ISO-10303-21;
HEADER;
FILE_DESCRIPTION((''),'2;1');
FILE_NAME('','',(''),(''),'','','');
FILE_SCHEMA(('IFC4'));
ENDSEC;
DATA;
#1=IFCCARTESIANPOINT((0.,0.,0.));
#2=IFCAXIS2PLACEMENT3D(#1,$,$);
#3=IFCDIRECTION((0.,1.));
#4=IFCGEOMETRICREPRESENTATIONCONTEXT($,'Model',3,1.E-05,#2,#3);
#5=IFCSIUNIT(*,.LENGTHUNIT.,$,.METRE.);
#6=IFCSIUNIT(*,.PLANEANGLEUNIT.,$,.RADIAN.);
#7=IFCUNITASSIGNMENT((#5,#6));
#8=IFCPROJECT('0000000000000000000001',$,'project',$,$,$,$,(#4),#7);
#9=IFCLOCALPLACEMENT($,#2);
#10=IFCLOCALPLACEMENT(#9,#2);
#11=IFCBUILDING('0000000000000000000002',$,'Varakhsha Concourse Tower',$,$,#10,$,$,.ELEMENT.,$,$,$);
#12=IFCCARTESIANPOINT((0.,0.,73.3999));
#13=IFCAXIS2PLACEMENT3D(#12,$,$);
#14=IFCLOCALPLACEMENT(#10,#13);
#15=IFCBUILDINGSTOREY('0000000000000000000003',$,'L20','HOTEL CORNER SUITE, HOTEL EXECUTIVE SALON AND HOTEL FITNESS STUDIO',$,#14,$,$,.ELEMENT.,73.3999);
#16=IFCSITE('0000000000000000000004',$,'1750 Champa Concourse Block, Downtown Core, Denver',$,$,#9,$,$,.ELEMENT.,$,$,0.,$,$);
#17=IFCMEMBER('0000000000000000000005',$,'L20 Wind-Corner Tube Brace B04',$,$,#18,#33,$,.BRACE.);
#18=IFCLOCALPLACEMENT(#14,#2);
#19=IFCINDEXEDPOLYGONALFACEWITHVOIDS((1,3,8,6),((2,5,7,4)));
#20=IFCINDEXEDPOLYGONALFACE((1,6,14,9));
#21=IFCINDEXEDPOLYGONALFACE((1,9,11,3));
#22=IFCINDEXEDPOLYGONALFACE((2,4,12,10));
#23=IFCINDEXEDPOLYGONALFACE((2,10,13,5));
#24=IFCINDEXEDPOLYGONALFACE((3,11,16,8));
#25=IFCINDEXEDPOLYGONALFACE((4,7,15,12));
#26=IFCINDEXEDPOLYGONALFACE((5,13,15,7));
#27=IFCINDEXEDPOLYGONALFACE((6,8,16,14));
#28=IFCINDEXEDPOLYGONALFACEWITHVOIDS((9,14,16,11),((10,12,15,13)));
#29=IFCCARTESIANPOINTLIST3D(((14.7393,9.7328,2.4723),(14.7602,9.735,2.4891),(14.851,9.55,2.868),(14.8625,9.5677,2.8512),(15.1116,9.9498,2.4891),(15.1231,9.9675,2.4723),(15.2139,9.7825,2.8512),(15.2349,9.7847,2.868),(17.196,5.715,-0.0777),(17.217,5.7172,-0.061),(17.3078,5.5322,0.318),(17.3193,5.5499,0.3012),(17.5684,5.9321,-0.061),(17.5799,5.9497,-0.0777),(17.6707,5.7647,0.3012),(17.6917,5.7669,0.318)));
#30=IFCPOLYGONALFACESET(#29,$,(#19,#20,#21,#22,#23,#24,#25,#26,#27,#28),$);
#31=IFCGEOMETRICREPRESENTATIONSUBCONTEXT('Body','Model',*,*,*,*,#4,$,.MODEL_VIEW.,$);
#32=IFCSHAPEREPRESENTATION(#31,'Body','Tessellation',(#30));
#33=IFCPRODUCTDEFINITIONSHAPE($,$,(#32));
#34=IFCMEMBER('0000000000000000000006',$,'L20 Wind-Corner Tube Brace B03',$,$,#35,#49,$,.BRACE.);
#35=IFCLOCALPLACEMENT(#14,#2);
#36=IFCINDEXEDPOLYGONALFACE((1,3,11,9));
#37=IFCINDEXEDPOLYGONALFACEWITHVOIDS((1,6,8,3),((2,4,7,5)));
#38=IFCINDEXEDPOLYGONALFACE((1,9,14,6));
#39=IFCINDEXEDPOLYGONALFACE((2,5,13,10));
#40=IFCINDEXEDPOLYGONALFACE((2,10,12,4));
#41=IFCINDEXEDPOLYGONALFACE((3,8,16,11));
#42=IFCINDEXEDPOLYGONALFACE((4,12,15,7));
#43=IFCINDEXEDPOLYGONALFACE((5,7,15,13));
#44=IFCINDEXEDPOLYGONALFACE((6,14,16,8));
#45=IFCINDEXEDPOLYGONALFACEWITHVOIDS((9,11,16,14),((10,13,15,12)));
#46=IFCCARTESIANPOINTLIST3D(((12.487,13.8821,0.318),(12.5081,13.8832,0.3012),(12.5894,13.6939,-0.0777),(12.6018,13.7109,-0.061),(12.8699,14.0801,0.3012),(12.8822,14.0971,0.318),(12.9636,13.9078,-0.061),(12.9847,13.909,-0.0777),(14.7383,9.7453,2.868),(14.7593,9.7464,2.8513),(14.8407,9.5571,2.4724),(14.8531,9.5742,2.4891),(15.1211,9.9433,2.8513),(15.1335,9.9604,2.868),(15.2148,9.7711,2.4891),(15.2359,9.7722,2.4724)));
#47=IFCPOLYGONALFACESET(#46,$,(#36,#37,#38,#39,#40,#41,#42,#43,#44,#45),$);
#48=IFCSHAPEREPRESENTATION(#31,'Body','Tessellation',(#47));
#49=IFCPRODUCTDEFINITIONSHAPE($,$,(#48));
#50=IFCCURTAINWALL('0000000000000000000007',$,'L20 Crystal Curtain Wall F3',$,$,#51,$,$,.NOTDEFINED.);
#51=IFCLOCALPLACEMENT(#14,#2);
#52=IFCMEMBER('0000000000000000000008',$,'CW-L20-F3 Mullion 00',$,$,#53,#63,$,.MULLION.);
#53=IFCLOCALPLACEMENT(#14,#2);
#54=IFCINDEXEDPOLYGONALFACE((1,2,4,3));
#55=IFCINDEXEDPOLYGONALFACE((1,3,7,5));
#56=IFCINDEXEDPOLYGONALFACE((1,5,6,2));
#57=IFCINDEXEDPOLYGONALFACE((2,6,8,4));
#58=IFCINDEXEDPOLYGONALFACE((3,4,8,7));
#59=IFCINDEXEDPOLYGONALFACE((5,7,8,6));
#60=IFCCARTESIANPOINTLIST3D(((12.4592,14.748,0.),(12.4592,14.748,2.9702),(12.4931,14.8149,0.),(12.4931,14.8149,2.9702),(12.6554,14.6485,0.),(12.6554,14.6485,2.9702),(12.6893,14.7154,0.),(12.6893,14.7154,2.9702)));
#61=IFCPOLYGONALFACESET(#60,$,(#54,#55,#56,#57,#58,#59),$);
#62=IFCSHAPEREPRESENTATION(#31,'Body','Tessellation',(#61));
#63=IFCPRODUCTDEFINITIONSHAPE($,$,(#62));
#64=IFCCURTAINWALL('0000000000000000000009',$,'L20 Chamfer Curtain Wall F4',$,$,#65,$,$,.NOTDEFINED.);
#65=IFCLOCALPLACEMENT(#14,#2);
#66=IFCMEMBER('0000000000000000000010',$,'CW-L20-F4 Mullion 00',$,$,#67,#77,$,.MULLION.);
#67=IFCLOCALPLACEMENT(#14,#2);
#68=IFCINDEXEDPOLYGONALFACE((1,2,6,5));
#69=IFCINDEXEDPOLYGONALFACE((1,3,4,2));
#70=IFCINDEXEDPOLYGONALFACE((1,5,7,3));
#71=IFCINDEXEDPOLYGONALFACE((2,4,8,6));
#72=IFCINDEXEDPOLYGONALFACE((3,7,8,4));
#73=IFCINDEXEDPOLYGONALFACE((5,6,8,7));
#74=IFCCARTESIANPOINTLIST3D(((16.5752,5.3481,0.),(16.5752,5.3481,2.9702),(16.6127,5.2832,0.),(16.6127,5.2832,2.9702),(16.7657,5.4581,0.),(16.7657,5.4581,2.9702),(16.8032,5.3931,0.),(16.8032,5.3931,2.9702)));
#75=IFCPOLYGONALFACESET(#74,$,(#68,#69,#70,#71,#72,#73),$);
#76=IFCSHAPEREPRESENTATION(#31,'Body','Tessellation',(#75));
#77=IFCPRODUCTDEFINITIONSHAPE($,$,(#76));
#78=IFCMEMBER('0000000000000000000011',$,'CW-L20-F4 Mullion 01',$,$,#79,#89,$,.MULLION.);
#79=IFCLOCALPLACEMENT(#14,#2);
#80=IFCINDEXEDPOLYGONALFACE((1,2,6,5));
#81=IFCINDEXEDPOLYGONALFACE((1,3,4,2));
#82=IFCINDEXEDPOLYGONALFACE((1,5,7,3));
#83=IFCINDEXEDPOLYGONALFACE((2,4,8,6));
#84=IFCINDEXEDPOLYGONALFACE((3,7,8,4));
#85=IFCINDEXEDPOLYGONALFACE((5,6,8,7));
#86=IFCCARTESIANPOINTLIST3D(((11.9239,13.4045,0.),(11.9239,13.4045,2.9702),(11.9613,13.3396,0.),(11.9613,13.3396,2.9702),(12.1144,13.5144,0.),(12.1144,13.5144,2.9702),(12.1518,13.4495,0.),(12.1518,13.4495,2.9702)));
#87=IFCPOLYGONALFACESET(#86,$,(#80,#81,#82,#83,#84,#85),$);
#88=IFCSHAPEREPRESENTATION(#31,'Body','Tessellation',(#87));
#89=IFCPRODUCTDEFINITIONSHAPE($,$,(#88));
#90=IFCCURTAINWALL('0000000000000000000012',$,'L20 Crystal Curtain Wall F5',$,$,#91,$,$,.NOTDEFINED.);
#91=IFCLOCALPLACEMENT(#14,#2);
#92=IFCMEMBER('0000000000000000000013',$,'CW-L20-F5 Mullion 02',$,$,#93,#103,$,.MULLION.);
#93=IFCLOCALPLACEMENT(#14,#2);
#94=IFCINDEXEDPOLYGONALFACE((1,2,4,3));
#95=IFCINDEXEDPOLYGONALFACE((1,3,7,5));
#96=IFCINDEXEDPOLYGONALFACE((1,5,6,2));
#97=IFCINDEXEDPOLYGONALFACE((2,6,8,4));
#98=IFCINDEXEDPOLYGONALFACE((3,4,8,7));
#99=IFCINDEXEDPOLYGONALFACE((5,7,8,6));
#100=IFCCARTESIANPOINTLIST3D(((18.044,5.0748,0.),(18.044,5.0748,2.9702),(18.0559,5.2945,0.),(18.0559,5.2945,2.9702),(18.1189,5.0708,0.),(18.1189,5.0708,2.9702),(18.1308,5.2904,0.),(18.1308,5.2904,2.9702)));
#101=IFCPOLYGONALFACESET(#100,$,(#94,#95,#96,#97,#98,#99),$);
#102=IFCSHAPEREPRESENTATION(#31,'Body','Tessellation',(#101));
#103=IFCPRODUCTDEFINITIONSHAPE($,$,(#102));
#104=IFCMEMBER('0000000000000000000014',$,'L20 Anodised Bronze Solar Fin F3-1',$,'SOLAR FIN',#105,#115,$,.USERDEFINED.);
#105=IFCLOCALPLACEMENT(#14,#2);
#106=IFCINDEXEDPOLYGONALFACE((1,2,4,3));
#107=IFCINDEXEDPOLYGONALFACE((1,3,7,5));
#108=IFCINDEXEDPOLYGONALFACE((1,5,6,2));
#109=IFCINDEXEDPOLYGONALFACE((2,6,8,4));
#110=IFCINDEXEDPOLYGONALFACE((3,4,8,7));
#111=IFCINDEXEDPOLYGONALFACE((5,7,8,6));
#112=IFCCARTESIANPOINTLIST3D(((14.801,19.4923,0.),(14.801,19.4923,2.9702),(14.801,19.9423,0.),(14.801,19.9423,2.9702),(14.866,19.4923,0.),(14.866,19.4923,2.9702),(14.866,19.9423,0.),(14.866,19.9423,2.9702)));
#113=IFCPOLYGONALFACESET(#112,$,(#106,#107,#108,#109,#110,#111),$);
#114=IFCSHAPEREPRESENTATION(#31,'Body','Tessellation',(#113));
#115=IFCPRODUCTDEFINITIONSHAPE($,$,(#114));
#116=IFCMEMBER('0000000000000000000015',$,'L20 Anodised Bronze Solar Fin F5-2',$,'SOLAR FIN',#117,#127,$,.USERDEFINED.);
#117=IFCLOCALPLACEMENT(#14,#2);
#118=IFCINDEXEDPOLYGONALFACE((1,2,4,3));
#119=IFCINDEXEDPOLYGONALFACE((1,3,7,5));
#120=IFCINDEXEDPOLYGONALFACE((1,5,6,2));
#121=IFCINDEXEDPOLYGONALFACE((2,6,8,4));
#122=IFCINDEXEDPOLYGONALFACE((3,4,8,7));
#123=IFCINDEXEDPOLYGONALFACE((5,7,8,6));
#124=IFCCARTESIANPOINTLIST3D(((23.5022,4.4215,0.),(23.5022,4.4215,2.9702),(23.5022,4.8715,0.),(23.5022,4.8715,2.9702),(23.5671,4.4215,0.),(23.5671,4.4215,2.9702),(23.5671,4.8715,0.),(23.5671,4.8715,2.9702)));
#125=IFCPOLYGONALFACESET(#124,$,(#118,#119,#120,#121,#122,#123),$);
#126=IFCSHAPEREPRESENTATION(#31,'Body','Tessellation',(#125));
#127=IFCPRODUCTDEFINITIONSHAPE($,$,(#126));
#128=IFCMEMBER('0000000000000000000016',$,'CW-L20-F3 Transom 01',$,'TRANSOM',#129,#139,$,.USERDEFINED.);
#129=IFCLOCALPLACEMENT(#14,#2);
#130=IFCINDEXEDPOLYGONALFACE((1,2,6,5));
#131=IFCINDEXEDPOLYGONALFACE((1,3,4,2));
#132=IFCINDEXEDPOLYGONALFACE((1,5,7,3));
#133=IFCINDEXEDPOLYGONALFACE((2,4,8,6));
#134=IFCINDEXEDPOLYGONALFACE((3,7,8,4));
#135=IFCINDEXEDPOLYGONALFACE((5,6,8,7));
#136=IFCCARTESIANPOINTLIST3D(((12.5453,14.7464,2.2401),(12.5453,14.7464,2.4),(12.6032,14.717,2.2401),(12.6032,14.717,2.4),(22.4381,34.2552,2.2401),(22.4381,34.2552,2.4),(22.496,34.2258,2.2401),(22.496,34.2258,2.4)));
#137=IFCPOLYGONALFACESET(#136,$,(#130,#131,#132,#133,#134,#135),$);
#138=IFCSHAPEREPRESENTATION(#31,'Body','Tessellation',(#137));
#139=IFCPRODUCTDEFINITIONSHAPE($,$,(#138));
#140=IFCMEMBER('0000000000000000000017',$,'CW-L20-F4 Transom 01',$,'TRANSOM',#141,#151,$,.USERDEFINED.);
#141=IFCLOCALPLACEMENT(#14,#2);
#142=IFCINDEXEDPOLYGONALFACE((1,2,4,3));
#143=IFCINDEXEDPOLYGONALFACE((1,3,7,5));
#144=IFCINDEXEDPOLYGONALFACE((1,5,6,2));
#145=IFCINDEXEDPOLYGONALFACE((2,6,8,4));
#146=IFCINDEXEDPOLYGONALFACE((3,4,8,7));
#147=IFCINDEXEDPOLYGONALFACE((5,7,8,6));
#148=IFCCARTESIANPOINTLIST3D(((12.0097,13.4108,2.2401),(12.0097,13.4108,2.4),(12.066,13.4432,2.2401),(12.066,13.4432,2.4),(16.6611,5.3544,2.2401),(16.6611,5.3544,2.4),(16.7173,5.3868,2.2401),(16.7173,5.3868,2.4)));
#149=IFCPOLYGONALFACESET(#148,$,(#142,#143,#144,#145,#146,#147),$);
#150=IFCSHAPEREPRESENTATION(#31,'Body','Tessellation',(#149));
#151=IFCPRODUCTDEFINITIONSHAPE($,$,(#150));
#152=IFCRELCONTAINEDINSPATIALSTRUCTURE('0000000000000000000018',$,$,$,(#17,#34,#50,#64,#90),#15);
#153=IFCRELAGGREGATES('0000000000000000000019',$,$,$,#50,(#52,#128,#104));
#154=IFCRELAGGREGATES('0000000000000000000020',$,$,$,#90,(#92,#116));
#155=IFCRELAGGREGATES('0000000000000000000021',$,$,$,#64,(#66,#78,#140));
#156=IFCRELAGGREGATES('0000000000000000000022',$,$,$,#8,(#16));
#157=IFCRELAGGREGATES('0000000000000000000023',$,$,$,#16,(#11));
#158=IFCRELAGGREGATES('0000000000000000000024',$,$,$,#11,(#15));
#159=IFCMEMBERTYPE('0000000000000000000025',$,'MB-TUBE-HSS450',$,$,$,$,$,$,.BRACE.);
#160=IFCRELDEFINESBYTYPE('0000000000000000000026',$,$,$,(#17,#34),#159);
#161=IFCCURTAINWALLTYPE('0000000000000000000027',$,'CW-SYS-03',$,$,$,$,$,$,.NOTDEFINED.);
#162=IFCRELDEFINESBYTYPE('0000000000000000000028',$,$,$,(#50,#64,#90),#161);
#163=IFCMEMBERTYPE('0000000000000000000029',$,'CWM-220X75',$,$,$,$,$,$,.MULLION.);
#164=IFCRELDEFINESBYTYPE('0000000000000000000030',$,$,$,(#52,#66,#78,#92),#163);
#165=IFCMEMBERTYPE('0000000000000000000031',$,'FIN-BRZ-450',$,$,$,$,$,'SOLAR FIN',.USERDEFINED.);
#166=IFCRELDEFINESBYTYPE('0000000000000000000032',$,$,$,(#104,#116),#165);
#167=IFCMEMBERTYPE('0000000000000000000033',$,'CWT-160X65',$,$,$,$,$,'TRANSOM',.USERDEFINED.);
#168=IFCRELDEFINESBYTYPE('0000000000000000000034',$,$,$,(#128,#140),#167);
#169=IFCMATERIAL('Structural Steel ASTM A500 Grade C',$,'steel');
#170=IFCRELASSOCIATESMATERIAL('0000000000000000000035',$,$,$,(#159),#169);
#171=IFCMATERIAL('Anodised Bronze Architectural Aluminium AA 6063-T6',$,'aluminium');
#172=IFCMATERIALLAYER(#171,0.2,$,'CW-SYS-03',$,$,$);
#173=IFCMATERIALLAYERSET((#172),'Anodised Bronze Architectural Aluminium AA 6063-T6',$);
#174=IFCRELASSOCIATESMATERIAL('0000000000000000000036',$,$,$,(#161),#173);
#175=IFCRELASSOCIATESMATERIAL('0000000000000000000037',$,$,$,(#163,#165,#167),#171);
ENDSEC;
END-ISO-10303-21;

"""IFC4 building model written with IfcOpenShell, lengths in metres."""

from ifc_helpers import new_model, si_unit, direction, frame, origin, origin_2d, place, context, subcontext, project, spatial, rectangle, hollow_rectangle, extrude, source, transform, mapped, material, layer, layer_set, material_profile, profile_set, type_object, type_shapes, element, aggregate, save


model = new_model("IFC4")

# Units and contexts
model_context = context("Model", 3, precision=1e-05, world=origin(), true_north=direction((0.0, 1.0)))
body_context = subcontext(model_context, "Body", "Model", "MODEL_VIEW")
ifc_project = project(units=[si_unit("LENGTHUNIT", "METRE"), si_unit("PLANEANGLEUNIT", "RADIAN")], contexts=[model_context])

# Site, building, storey
site_placement = place(None, origin())
site = spatial("IfcSite", under=ifc_project, at=site_placement, Name="1750 Champa Concourse Block, Downtown Core, Denver", CompositionType="ELEMENT", RefElevation=0.0)
building_placement = place(site_placement, origin())
building = spatial("IfcBuilding", under=site, at=building_placement, Name="Varakhsha Concourse Tower", CompositionType="ELEMENT")
storey_placement = place(building_placement, frame((0.0, 0.0, 73.3999)))
storey = spatial("IfcBuildingStorey", under=building, at=storey_placement, Name="L20", Description="HOTEL CORNER SUITE, HOTEL EXECUTIVE SALON AND HOTEL FITNESS STUDIO", CompositionType="ELEMENT", Elevation=73.3999)

# Members
ifc_material_1 = material(Name="Structural Steel ASTM A500 Grade C", Category="steel")
ifc_material_profile_1 = material_profile(ifc_material_1, hollow_rectangle(XDim=0.45, YDim=0.45, WallThickness=0.019, at=origin_2d()), Name="HSS 450x450x19")
ifc_profile_set_1 = profile_set([ifc_material_profile_1], Name="Structural Steel ASTM A500 Grade C")
member_type_1 = type_object("IfcMemberType", Name="MB-TUBE-HSS450", PredefinedType="BRACE", material=ifc_profile_set_1)
shared_shape_1 = source(origin(), body_context, "Body", "SweptSolid", [
    extrude(hollow_rectangle(XDim=0.45, YDim=0.45, WallThickness=0.019, at=origin_2d()), origin(), (0.0, 0.0, 1.0), 5.3555),
])
member_1_placement = place(storey_placement, frame((17.4438, 5.741, 0.1201), z_axis=(-0.45874, 0.750223, 0.476155), x_axis=(-0.853145, -0.521674, 0.0)))
element("IfcMember", 1, at=member_1_placement, inside=storey, type_object=member_type_1, Name="L20 Wind-Corner Tube Brace B04", PredefinedType="BRACE", context=body_context, shape_type="MappedRepresentation", body=[
    mapped(shared_shape_1, transform((0.0, 0.0, 0.0), scale=1.0)),
])
shared_shape_2 = source(origin(), body_context, "Body", "SweptSolid", [
    extrude(hollow_rectangle(XDim=0.45, YDim=0.45, WallThickness=0.019, at=origin_2d()), origin(), (0.0, 0.0, 1.0), 5.3557),
])
type_shapes(member_type_1, [shared_shape_1, shared_shape_2])
member_2_placement = place(storey_placement, frame((12.7358, 13.8955, 0.1201), z_axis=(0.420344, -0.7724, 0.47614), x_axis=(0.878357, 0.478006, 0.0)))
element("IfcMember", 2, at=member_2_placement, inside=storey, type_object=member_type_1, Name="L20 Wind-Corner Tube Brace B03", PredefinedType="BRACE", context=body_context, shape_type="MappedRepresentation", body=[
    mapped(shared_shape_2, transform((0.0, 0.0, 0.0), scale=1.0)),
])

# Curtain wall, member
ifc_material_2 = material(Name="Anodised Bronze Architectural Aluminium AA 6063-T6", Category="aluminium")
ifc_layer_1 = layer(ifc_material_2, 0.2, Name="CW-SYS-03")
ifc_layer_set_1 = layer_set([ifc_layer_1], Name="Anodised Bronze Architectural Aluminium AA 6063-T6")
curtain_wall_type = type_object("IfcCurtainWallType", Name="CW-SYS-03", PredefinedType="NOTDEFINED", material=ifc_layer_set_1)
curtain_wall_1_placement = place(storey_placement, origin())
curtain_wall_1 = element("IfcCurtainWall", 3, at=curtain_wall_1_placement, inside=storey, type_object=curtain_wall_type, Name="L20 Crystal Curtain Wall F3", PredefinedType="NOTDEFINED")
ifc_material_profile_2 = material_profile(ifc_material_2, rectangle(XDim=0.075, YDim=0.22, at=origin_2d()), Name="CWM-220X75")
ifc_profile_set_2 = profile_set([ifc_material_profile_2], Name="Anodised Bronze Architectural Aluminium AA 6063-T6")
member_type_2 = type_object("IfcMemberType", Name="CWM-220X75", PredefinedType="MULLION", material=ifc_profile_set_2)
shared_shape_3 = source(origin(), body_context, "Body", "SweptSolid", [
    extrude(rectangle(XDim=0.075, YDim=0.22, at=origin_2d()), origin(), (0.0, 0.0, 1.0), 2.9702),
])
type_shapes(member_type_2, [shared_shape_3])
member_3_placement = place(storey_placement, frame((12.5742, 14.7317, 0.0), z_axis=(0.0, 0.0, 1.0), x_axis=(0.452274, 0.891879, 0.0)))
member_3 = element("IfcMember", 4, at=member_3_placement, type_object=member_type_2, Name="CW-L20-F3 Mullion 00", PredefinedType="MULLION", context=body_context, shape_type="MappedRepresentation", body=[
    mapped(shared_shape_3, transform((0.0, 0.0, 0.0), scale=1.0)),
])

# Curtain wall, members
curtain_wall_2_placement = place(storey_placement, origin())
curtain_wall_2 = element("IfcCurtainWall", 5, at=curtain_wall_2_placement, inside=storey, type_object=curtain_wall_type, Name="L20 Chamfer Curtain Wall F4", PredefinedType="NOTDEFINED")
member_4_placement = place(storey_placement, frame((16.6892, 5.3706, 0.0), z_axis=(0.0, 0.0, 1.0), x_axis=(-0.499994, 0.866029, 0.0)))
member_4 = element("IfcMember", 6, at=member_4_placement, type_object=member_type_2, Name="CW-L20-F4 Mullion 00", PredefinedType="MULLION", context=body_context, shape_type="MappedRepresentation", body=[
    mapped(shared_shape_3, transform((0.0, 0.0, 0.0), scale=1.0)),
])
member_5_placement = place(storey_placement, frame((12.0378, 13.427, 0.0), z_axis=(0.0, 0.0, 1.0), x_axis=(-0.499994, 0.866029, 0.0)))
member_5 = element("IfcMember", 7, at=member_5_placement, type_object=member_type_2, Name="CW-L20-F4 Mullion 01", PredefinedType="MULLION", context=body_context, shape_type="MappedRepresentation", body=[
    mapped(shared_shape_3, transform((0.0, 0.0, 0.0), scale=1.0)),
])

# Curtain wall, member
curtain_wall_3_placement = place(storey_placement, origin())
curtain_wall_3 = element("IfcCurtainWall", 8, at=curtain_wall_3_placement, inside=storey, type_object=curtain_wall_type, Name="L20 Crystal Curtain Wall F5", PredefinedType="NOTDEFINED")
member_6_placement = place(storey_placement, frame((18.0874, 5.1826, 0.0), z_axis=(0.0, 0.0, 1.0), x_axis=(-0.998527, 0.054257, 0.0)))
member_6 = element("IfcMember", 9, at=member_6_placement, type_object=member_type_2, Name="CW-L20-F5 Mullion 02", PredefinedType="MULLION", context=body_context, shape_type="MappedRepresentation", body=[
    mapped(shared_shape_3, transform((0.0, 0.0, 0.0), scale=1.0)),
])

# Members
ifc_material_profile_3 = material_profile(ifc_material_2, rectangle(XDim=0.0649, YDim=0.45, at=origin_2d()), Name="FIN-BRZ-450")
ifc_profile_set_3 = profile_set([ifc_material_profile_3], Name="Anodised Bronze Architectural Aluminium AA 6063-T6")
member_type_3 = type_object("IfcMemberType", Name="FIN-BRZ-450", ElementType="SOLAR FIN", PredefinedType="USERDEFINED", material=ifc_profile_set_3)
shared_shape_4 = source(origin(), body_context, "Body", "SweptSolid", [
    extrude(rectangle(XDim=0.0649, YDim=0.45, at=origin_2d()), origin(), (0.0, 0.0, 1.0), 2.9702),
])
type_shapes(member_type_3, [shared_shape_4])
member_7_placement = place(storey_placement, frame((14.8335, 19.7173, 0.0), z_axis=(0.0, 0.0, 1.0), x_axis=(1.0, 0.0, 0.0)))
member_7 = element("IfcMember", 10, at=member_7_placement, type_object=member_type_3, Name="L20 Anodised Bronze Solar Fin F3-1", ObjectType="SOLAR FIN", PredefinedType="USERDEFINED", context=body_context, shape_type="MappedRepresentation", body=[
    mapped(shared_shape_4, transform((0.0, 0.0, 0.0), scale=1.0)),
])
member_8_placement = place(storey_placement, frame((23.5347, 4.6465, 0.0), z_axis=(0.0, 0.0, 1.0), x_axis=(1.0, 0.0, 0.0)))
member_8 = element("IfcMember", 11, at=member_8_placement, type_object=member_type_3, Name="L20 Anodised Bronze Solar Fin F5-2", ObjectType="SOLAR FIN", PredefinedType="USERDEFINED", context=body_context, shape_type="MappedRepresentation", body=[
    mapped(shared_shape_4, transform((0.0, 0.0, 0.0), scale=1.0)),
])
ifc_material_profile_4 = material_profile(ifc_material_2, rectangle(XDim=0.0649, YDim=0.1599, at=origin_2d()), Name="CWT-160X65")
ifc_profile_set_4 = profile_set([ifc_material_profile_4], Name="Anodised Bronze Architectural Aluminium AA 6063-T6")
member_type_4 = type_object("IfcMemberType", Name="CWT-160X65", ElementType="TRANSOM", PredefinedType="USERDEFINED", material=ifc_profile_set_4)
shared_shape_5 = source(origin(), body_context, "Body", "SweptSolid", [
    extrude(rectangle(XDim=0.0649, YDim=0.1599, at=origin_2d()), origin(), (0.0, 0.0, 1.0), 21.8738),
])
member_9_placement = place(storey_placement, frame((12.5742, 14.7317, 2.3201), z_axis=(0.452269, 0.891881, 0.0), x_axis=(-0.891881, 0.452269, 0.0)))
member_9 = element("IfcMember", 12, at=member_9_placement, type_object=member_type_4, Name="CW-L20-F3 Transom 01", ObjectType="TRANSOM", PredefinedType="USERDEFINED", context=body_context, shape_type="MappedRepresentation", body=[
    mapped(shared_shape_5, transform((0.0, 0.0, 0.0), scale=1.0)),
])
shared_shape_6 = source(origin(), body_context, "Body", "SweptSolid", [
    extrude(rectangle(XDim=0.0649, YDim=0.1599, at=origin_2d()), origin(), (0.0, 0.0, 1.0), 9.3027),
])
type_shapes(member_type_4, [shared_shape_5, shared_shape_6])
member_10_placement = place(storey_placement, frame((16.6892, 5.3706, 2.3201), z_axis=(-0.5, 0.866025, 0.0), x_axis=(-0.866025, -0.5, 0.0)))
member_10 = element("IfcMember", 13, at=member_10_placement, type_object=member_type_4, Name="CW-L20-F4 Transom 01", ObjectType="TRANSOM", PredefinedType="USERDEFINED", context=body_context, shape_type="MappedRepresentation", body=[
    mapped(shared_shape_6, transform((0.0, 0.0, 0.0), scale=1.0)),
])

aggregate(curtain_wall_1, [member_3, member_9, member_7])
aggregate(curtain_wall_3, [member_6, member_8])
aggregate(curtain_wall_2, [member_4, member_5, member_10])

save(model, "model.ifc")
